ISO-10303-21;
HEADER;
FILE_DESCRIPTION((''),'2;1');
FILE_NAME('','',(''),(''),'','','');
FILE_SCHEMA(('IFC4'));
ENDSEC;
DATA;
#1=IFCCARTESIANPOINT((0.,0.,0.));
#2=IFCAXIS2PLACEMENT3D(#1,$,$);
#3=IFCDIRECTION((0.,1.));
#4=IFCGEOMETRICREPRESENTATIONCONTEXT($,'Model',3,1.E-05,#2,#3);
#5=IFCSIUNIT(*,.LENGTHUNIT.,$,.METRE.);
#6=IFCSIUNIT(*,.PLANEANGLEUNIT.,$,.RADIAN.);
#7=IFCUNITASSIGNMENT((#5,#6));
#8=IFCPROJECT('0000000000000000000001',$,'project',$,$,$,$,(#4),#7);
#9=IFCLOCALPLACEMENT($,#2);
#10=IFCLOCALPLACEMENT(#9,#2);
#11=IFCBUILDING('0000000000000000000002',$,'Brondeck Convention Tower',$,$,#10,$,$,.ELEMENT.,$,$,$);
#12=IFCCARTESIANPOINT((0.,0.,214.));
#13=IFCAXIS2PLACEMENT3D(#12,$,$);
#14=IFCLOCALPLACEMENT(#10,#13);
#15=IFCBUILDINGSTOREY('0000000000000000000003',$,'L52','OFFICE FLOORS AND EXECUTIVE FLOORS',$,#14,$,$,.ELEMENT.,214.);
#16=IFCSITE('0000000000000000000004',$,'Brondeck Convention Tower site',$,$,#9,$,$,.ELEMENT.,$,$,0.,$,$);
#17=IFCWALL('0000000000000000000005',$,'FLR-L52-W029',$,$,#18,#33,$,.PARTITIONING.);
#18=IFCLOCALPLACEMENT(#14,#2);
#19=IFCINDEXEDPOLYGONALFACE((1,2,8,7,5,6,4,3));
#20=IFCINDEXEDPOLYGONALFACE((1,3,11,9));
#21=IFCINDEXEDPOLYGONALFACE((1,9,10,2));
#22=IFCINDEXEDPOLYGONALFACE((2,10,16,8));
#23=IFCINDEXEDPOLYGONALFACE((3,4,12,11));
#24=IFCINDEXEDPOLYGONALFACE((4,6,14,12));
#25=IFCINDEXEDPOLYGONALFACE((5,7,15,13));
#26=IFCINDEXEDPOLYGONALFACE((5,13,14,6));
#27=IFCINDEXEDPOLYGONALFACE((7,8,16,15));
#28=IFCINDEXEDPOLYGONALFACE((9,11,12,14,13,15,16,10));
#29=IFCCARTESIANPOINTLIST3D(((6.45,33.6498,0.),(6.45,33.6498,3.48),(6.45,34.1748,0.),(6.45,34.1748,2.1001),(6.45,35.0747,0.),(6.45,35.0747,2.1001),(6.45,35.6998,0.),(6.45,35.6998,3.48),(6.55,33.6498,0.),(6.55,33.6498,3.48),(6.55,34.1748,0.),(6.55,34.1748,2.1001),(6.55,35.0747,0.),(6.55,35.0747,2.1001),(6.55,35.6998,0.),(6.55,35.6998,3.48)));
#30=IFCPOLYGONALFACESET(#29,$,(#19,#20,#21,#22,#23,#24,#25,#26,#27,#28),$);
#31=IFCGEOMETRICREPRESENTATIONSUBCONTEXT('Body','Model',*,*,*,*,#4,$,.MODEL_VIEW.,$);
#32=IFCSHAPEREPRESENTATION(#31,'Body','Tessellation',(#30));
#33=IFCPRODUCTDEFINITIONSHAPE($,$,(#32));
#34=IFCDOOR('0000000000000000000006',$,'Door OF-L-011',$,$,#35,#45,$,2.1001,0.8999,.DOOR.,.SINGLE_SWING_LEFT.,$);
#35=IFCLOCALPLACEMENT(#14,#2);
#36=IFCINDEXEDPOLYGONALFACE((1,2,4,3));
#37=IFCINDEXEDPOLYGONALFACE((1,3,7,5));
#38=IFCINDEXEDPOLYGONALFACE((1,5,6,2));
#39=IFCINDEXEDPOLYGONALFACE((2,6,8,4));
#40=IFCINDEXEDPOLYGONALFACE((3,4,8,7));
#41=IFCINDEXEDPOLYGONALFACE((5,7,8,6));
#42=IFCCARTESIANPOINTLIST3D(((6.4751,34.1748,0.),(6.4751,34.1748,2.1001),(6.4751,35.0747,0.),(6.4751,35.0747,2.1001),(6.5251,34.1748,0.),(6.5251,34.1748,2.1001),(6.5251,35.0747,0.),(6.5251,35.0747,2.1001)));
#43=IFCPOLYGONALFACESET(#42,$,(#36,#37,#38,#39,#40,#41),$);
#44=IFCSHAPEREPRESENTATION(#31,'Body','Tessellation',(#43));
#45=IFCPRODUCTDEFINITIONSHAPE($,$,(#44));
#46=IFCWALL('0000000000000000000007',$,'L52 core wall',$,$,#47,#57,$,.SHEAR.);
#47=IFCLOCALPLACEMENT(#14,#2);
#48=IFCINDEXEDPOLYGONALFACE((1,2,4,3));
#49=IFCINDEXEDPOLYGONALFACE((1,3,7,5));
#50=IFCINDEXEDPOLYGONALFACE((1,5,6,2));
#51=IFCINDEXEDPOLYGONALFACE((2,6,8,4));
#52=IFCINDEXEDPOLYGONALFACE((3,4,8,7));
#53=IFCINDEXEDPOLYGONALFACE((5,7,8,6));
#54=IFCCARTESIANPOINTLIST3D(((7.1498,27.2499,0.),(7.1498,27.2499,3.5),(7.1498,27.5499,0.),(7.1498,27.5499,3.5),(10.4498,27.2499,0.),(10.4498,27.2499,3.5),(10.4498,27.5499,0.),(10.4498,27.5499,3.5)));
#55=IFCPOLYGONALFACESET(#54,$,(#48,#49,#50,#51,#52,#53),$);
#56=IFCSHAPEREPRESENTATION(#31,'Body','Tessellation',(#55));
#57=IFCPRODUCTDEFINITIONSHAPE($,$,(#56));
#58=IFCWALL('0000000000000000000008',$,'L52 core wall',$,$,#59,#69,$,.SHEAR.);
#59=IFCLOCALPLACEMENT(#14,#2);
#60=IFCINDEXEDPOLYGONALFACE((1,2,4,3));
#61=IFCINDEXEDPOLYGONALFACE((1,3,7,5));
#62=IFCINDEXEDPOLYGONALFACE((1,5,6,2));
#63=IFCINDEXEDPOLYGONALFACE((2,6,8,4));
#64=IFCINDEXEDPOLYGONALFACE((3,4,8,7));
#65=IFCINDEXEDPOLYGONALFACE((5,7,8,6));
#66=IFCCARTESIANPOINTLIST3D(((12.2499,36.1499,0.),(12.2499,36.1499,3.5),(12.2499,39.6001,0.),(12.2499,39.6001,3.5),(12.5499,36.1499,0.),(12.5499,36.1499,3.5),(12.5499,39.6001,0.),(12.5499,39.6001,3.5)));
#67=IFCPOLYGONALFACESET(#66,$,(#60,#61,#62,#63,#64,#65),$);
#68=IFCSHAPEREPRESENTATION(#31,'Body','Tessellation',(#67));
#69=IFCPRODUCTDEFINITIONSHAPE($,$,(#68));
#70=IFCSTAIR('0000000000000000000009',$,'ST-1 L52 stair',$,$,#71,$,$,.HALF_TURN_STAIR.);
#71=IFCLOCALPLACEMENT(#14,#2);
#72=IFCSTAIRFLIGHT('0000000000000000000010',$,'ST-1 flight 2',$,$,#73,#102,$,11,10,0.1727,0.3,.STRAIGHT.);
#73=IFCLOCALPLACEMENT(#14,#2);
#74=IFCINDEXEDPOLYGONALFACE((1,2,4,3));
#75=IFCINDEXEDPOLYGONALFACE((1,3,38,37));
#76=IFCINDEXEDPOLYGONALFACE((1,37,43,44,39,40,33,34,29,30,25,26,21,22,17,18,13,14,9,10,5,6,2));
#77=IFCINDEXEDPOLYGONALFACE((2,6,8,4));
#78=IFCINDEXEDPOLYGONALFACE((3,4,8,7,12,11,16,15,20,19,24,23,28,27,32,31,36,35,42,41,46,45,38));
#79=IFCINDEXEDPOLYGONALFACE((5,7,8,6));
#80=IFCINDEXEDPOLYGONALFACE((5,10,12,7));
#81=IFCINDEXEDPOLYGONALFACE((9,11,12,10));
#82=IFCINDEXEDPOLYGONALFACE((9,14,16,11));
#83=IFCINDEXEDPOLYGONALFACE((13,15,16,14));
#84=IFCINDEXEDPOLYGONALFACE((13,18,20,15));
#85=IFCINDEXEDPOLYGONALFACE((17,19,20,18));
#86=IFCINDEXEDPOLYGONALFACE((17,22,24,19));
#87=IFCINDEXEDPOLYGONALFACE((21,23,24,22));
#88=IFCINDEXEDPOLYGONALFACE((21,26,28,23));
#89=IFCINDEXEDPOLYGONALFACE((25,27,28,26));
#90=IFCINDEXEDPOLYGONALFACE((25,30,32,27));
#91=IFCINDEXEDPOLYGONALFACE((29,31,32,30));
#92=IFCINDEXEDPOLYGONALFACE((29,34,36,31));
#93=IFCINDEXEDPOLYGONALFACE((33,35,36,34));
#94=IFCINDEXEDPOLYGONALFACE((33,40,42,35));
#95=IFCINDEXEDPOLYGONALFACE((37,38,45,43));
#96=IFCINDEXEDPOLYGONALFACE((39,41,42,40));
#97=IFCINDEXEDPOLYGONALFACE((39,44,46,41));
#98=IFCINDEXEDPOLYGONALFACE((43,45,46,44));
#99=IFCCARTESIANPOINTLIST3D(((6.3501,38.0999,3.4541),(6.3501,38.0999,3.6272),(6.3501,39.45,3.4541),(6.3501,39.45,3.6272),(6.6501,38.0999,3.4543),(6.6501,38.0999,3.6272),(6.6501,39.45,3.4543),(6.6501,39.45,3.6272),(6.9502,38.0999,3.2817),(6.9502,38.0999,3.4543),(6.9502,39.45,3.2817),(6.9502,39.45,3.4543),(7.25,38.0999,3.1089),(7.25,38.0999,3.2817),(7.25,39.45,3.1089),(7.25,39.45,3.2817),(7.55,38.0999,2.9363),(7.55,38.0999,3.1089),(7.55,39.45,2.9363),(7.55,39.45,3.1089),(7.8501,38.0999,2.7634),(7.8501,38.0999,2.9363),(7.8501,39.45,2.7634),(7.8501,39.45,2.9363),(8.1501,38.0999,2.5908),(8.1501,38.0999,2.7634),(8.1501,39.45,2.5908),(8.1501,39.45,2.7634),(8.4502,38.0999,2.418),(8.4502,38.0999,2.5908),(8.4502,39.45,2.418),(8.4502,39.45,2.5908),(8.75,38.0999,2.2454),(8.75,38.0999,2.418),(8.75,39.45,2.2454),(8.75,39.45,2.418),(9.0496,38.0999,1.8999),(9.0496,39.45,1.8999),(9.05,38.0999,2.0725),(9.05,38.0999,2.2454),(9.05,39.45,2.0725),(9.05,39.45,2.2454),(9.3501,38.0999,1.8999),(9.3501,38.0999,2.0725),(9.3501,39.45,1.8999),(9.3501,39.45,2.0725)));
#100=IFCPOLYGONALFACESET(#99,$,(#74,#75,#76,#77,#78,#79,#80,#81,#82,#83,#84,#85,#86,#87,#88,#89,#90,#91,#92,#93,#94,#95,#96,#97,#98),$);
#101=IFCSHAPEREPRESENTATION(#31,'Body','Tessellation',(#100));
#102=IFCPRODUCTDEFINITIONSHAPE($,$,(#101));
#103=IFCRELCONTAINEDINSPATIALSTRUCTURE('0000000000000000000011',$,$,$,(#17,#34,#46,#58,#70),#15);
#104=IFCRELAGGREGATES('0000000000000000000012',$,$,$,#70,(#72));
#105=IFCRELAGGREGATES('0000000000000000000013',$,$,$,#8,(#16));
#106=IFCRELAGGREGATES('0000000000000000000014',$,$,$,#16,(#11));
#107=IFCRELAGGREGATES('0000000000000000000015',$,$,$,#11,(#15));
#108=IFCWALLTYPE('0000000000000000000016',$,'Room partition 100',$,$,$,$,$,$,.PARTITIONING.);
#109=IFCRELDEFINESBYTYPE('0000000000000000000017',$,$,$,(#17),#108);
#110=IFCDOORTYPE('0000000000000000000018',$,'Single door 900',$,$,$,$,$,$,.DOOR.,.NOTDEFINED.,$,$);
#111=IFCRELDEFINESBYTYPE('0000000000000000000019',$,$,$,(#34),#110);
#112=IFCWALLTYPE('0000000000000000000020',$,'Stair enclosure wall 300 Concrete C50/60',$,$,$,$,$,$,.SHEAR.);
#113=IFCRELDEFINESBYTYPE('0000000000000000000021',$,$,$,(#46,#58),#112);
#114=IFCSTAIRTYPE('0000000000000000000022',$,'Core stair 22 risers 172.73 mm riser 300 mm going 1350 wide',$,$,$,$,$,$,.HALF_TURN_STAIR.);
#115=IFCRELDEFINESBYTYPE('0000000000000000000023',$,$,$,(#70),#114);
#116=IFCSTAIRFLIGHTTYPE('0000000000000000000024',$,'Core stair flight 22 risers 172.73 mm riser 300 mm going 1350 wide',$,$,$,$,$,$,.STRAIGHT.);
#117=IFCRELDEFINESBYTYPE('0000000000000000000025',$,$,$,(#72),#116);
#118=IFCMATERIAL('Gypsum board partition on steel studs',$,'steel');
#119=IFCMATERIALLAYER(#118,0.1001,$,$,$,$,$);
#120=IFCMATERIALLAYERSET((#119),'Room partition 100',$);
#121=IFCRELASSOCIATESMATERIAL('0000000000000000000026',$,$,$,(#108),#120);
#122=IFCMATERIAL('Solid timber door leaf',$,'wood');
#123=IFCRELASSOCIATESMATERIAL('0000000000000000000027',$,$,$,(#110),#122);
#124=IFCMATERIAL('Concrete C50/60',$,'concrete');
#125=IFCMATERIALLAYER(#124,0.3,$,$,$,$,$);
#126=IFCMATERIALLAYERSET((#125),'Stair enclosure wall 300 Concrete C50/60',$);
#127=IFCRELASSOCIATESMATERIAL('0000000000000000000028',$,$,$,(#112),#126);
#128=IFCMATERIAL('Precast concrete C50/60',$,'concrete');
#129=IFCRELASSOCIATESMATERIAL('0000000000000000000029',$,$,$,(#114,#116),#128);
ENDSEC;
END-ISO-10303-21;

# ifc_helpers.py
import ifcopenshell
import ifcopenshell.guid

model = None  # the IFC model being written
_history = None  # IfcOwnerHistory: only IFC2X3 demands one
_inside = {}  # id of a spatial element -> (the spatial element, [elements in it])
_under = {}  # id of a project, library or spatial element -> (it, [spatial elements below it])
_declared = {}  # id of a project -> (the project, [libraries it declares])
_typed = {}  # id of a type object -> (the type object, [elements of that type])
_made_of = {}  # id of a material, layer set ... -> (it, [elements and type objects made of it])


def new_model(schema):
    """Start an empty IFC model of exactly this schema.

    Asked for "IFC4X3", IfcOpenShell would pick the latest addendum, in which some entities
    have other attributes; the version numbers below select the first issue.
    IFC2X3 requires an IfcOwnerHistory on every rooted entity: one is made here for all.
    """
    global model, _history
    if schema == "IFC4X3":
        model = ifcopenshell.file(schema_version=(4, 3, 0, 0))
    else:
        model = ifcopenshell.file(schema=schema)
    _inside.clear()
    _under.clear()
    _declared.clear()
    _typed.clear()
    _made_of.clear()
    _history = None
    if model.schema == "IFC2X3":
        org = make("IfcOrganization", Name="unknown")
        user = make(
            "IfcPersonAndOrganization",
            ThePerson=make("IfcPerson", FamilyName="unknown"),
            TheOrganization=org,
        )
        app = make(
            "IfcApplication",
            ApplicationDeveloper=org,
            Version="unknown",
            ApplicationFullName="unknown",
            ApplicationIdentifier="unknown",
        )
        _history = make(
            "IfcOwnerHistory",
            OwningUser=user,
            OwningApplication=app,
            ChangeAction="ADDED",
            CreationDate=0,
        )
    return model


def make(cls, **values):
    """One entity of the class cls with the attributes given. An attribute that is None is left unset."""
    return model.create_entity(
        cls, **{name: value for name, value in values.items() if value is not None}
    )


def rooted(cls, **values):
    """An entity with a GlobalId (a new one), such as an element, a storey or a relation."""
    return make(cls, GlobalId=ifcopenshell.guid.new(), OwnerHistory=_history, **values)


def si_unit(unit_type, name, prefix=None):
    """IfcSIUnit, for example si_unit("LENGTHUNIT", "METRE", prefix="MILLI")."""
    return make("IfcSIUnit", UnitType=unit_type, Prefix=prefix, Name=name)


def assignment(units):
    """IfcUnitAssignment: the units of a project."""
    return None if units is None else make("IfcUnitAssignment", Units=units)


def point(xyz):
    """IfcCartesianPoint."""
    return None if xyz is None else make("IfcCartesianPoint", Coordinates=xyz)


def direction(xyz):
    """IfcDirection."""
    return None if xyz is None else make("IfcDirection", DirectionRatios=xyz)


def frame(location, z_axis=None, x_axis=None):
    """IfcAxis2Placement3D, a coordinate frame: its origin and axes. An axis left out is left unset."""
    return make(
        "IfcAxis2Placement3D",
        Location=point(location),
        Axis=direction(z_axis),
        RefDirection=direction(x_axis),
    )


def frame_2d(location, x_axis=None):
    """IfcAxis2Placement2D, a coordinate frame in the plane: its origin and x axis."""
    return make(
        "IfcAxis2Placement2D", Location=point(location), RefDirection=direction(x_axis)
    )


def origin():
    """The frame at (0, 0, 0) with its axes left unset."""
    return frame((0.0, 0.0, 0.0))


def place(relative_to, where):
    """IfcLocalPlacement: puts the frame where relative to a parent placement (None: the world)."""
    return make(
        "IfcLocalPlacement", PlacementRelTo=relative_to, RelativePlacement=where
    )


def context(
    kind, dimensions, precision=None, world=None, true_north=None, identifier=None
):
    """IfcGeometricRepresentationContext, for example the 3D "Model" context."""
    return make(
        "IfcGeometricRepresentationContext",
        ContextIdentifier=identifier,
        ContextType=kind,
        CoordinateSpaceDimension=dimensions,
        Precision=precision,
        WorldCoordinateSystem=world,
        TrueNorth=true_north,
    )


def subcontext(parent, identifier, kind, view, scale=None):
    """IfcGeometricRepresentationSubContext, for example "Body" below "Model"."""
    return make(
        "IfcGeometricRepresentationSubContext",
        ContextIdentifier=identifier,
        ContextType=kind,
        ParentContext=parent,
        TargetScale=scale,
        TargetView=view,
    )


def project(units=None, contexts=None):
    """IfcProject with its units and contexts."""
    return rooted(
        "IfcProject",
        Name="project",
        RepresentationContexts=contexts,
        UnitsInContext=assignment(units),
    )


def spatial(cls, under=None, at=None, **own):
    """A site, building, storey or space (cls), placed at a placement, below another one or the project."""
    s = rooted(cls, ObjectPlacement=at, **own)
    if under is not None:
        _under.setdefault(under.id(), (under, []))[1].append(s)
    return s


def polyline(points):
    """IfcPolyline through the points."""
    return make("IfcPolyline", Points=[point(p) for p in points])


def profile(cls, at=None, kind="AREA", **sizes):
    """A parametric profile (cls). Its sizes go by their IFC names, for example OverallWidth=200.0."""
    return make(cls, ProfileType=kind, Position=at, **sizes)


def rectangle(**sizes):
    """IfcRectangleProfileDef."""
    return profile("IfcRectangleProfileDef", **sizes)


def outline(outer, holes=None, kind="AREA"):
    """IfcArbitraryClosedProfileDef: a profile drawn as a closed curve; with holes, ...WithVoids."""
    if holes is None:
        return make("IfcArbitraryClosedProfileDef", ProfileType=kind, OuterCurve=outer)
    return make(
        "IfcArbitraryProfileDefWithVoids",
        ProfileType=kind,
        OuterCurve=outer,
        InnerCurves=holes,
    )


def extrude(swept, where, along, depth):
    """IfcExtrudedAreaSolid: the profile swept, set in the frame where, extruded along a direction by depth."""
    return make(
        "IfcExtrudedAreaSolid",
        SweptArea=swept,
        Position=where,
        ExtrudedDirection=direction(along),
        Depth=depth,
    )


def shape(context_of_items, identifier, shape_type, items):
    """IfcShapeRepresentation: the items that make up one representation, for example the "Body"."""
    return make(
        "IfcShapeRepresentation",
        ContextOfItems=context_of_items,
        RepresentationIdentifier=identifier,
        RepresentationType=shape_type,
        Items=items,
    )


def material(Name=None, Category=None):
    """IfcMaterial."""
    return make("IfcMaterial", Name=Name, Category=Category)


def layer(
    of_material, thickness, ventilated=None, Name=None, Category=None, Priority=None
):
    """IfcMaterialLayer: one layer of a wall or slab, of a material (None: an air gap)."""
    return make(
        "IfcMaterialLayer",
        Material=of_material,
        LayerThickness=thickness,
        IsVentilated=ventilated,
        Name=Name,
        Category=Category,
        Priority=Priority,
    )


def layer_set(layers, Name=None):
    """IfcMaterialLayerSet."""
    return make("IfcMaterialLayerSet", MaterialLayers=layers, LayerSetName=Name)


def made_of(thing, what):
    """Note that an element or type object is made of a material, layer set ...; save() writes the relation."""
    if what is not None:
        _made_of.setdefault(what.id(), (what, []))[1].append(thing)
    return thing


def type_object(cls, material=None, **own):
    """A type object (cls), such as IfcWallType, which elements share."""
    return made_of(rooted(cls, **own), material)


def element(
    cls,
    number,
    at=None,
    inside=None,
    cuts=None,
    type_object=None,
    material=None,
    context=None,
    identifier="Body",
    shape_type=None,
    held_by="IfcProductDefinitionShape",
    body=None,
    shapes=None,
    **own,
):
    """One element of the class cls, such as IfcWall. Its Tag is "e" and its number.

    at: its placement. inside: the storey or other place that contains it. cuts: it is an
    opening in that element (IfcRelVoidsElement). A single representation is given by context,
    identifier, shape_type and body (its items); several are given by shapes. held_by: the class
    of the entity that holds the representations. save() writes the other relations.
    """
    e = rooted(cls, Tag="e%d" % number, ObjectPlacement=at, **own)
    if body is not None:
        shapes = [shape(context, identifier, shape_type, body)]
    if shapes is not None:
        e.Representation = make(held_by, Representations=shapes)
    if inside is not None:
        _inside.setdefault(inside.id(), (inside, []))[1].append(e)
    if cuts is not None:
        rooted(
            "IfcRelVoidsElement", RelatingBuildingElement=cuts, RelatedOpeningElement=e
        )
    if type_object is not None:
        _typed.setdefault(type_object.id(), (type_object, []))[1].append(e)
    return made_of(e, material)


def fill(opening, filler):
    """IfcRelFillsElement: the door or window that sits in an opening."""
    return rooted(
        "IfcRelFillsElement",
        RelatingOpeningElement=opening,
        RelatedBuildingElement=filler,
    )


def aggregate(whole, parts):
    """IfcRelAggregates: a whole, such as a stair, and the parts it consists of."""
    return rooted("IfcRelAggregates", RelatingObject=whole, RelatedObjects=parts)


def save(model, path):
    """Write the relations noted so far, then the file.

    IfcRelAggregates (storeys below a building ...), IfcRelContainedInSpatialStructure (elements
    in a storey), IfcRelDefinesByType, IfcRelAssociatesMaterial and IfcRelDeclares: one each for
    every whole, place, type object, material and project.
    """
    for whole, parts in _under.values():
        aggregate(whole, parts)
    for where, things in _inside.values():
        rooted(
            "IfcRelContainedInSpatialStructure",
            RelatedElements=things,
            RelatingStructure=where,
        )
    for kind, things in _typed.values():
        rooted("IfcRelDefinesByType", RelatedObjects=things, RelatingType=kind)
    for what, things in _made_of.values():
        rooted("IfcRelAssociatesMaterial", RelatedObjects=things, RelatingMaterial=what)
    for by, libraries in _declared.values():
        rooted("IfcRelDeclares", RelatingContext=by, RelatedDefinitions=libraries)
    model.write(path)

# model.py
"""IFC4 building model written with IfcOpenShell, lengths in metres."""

from ifc_helpers import new_model, si_unit, direction, frame, frame_2d, origin, place, context, subcontext, project, spatial, polyline, rectangle, outline, extrude, material, layer, layer_set, type_object, element, fill, aggregate, save


model = new_model("IFC4")

# Units and contexts
model_context = context("Model", 3, precision=1e-05, world=origin(), true_north=direction((0.0, 1.0)))
body_context = subcontext(model_context, "Body", "Model", "MODEL_VIEW")
ifc_project = project(units=[si_unit("LENGTHUNIT", "METRE"), si_unit("PLANEANGLEUNIT", "RADIAN")], contexts=[model_context])

# Site, building, storey
site_placement = place(None, origin())
site = spatial("IfcSite", under=ifc_project, at=site_placement, Name="Brondeck Convention Tower site", CompositionType="ELEMENT", RefElevation=0.0)
building_placement = place(site_placement, origin())
building = spatial("IfcBuilding", under=site, at=building_placement, Name="Brondeck Convention Tower", CompositionType="ELEMENT")
storey_placement = place(building_placement, frame((0.0, 0.0, 214.0)))
storey = spatial("IfcBuildingStorey", under=building, at=storey_placement, Name="L52", Description="OFFICE FLOORS AND EXECUTIVE FLOORS", CompositionType="ELEMENT", Elevation=214.0)

# Shared definitions
ifc_material_1 = material(Name="Concrete C50/60", Category="concrete")

# Shared definitions
ifc_material_2 = material(Name="Gypsum board partition on steel studs", Category="steel")
ifc_layer_1 = layer(ifc_material_2, 0.1001)
ifc_layer_set_1 = layer_set([ifc_layer_1], Name="Room partition 100")
wall_type_1 = type_object("IfcWallType", Name="Room partition 100", PredefinedType="PARTITIONING", material=ifc_layer_set_1)

# Wall, opening, door
wall_1_placement = place(storey_placement, frame((6.5, 33.6499, 0.0), z_axis=(0.0, 0.0, 1.0), x_axis=(0.0, 1.0, 0.0)))
wall_1 = element("IfcWall", 1, at=wall_1_placement, inside=storey, type_object=wall_type_1, Name="FLR-L52-W029", PredefinedType="PARTITIONING", context=body_context, shape_type="SweptSolid", body=[
    extrude(rectangle(XDim=2.05, YDim=0.1001, at=frame_2d((1.0249, 0.0))), origin(), (0.0, 0.0, 1.0), 3.48),
])
opening_1_placement = place(wall_1_placement, frame((0.5249, 0.0, 0.0)))
opening_1 = element("IfcOpeningElement", 2, at=opening_1_placement, cuts=wall_1, PredefinedType="OPENING", context=body_context, shape_type="SweptSolid", body=[
    extrude(rectangle(XDim=0.8999, YDim=2.1001, at=frame_2d((0.45, 1.05))), frame((0.0, 0.0601, 0.0), z_axis=(0.0, -1.0, 0.0), x_axis=(1.0, 0.0, 0.0)), (0.0, 0.0, 1.0), 0.1201),
])
ifc_material_3 = material(Name="Solid timber door leaf", Category="wood")
door_type_1 = type_object("IfcDoorType", Name="Single door 900", OperationType="NOTDEFINED", PredefinedType="DOOR", material=ifc_material_3)
door_1_placement = place(opening_1_placement, origin())
door_1 = element("IfcDoor", 3, at=door_1_placement, inside=storey, type_object=door_type_1, Name="Door OF-L-011", OperationType="SINGLE_SWING_LEFT", OverallHeight=2.1001, OverallWidth=0.8999, PredefinedType="DOOR", context=body_context, shape_type="SweptSolid", body=[
    extrude(rectangle(XDim=0.8999, YDim=2.1001, at=frame_2d((0.45, 1.05))), frame((0.0, 0.0249, 0.0), z_axis=(0.0, -1.0, 0.0), x_axis=(1.0, 0.0, 0.0)), (0.0, 0.0, 1.0), 0.05),
])
fill(opening_1, door_1)

# Walls
ifc_layer_2 = layer(ifc_material_1, 0.3)
ifc_layer_set_2 = layer_set([ifc_layer_2], Name="Stair enclosure wall 300 Concrete C50/60")
wall_type_2 = type_object("IfcWallType", Name="Stair enclosure wall 300 Concrete C50/60", PredefinedType="SHEAR", material=ifc_layer_set_2)
wall_2_placement = place(storey_placement, frame((7.1499, 27.3999, 0.0), z_axis=(0.0, 0.0, 1.0), x_axis=(1.0, 0.0, 0.0)))
element("IfcWall", 4, at=wall_2_placement, inside=storey, type_object=wall_type_2, Name="L52 core wall", PredefinedType="SHEAR", context=body_context, shape_type="SweptSolid", body=[
    extrude(rectangle(XDim=3.3, YDim=0.3, at=frame_2d((1.6499, 0.0))), origin(), (0.0, 0.0, 1.0), 3.5),
])
wall_3_placement = place(storey_placement, frame((12.3999, 36.1499, 0.0), z_axis=(0.0, 0.0, 1.0), x_axis=(0.0, 1.0, 0.0)))
element("IfcWall", 5, at=wall_3_placement, inside=storey, type_object=wall_type_2, Name="L52 core wall", PredefinedType="SHEAR", context=body_context, shape_type="SweptSolid", body=[
    extrude(rectangle(XDim=3.4502, YDim=0.3, at=frame_2d((1.7251, 0.0))), origin(), (0.0, 0.0, 1.0), 3.5),
])

# Stair, stair flight
ifc_material_4 = material(Name="Precast concrete C50/60", Category="concrete")
stair_type = type_object("IfcStairType", Name="Core stair 22 risers 172.73 mm riser 300 mm going 1350 wide", PredefinedType="HALF_TURN_STAIR", material=ifc_material_4)
stair_placement = place(storey_placement, origin())
stair = element("IfcStair", 6, at=stair_placement, inside=storey, type_object=stair_type, Name="ST-1 L52 stair", PredefinedType="HALF_TURN_STAIR")
stair_flight_type = type_object("IfcStairFlightType", Name="Core stair flight 22 risers 172.73 mm riser 300 mm going 1350 wide", PredefinedType="STRAIGHT", material=ifc_material_4)
stair_flight_placement = place(storey_placement, frame((9.3501, 38.7749, 1.8999), z_axis=(0.0, 0.0, 1.0), x_axis=(-1.0, 0.0, 0.0)))
stair_flight = element("IfcStairFlight", 7, at=stair_flight_placement, type_object=stair_flight_type, Name="ST-1 flight 2", NumberOfRisers=11, NumberOfTreads=10, PredefinedType="STRAIGHT", RiserHeight=0.1727, TreadLength=0.3, context=body_context, shape_type="SweptSolid", body=[
    extrude(outline(polyline([(0.0, 0.0), (0.0, 0.1726), (0.3, 0.1726), (0.3, 0.3455), (0.6001, 0.3455), (0.6001, 0.5181), (0.8999, 0.5181), (0.8999, 0.6909), (1.2, 0.6909), (1.2, 0.8635), (1.5, 0.8635), (1.5, 1.0364), (1.8, 1.0364), (1.8, 1.209), (2.1001, 1.209), (2.1001, 1.3818), (2.3999, 1.3818), (2.3999, 1.5544), (2.7, 1.5544), (2.7, 1.7273), (3.0, 1.7273), (3.0, 1.8999), (3.0, 1.5542), (0.3005, 0.0), (0.0, 0.0)])), frame((0.0, 0.675, 0.0), z_axis=(0.0, -1.0, 0.0), x_axis=(1.0, 0.0, 0.0)), (0.0, 0.0, 1.0), 1.3501),
])
aggregate(stair, [stair_flight])

save(model, "model.ifc")
